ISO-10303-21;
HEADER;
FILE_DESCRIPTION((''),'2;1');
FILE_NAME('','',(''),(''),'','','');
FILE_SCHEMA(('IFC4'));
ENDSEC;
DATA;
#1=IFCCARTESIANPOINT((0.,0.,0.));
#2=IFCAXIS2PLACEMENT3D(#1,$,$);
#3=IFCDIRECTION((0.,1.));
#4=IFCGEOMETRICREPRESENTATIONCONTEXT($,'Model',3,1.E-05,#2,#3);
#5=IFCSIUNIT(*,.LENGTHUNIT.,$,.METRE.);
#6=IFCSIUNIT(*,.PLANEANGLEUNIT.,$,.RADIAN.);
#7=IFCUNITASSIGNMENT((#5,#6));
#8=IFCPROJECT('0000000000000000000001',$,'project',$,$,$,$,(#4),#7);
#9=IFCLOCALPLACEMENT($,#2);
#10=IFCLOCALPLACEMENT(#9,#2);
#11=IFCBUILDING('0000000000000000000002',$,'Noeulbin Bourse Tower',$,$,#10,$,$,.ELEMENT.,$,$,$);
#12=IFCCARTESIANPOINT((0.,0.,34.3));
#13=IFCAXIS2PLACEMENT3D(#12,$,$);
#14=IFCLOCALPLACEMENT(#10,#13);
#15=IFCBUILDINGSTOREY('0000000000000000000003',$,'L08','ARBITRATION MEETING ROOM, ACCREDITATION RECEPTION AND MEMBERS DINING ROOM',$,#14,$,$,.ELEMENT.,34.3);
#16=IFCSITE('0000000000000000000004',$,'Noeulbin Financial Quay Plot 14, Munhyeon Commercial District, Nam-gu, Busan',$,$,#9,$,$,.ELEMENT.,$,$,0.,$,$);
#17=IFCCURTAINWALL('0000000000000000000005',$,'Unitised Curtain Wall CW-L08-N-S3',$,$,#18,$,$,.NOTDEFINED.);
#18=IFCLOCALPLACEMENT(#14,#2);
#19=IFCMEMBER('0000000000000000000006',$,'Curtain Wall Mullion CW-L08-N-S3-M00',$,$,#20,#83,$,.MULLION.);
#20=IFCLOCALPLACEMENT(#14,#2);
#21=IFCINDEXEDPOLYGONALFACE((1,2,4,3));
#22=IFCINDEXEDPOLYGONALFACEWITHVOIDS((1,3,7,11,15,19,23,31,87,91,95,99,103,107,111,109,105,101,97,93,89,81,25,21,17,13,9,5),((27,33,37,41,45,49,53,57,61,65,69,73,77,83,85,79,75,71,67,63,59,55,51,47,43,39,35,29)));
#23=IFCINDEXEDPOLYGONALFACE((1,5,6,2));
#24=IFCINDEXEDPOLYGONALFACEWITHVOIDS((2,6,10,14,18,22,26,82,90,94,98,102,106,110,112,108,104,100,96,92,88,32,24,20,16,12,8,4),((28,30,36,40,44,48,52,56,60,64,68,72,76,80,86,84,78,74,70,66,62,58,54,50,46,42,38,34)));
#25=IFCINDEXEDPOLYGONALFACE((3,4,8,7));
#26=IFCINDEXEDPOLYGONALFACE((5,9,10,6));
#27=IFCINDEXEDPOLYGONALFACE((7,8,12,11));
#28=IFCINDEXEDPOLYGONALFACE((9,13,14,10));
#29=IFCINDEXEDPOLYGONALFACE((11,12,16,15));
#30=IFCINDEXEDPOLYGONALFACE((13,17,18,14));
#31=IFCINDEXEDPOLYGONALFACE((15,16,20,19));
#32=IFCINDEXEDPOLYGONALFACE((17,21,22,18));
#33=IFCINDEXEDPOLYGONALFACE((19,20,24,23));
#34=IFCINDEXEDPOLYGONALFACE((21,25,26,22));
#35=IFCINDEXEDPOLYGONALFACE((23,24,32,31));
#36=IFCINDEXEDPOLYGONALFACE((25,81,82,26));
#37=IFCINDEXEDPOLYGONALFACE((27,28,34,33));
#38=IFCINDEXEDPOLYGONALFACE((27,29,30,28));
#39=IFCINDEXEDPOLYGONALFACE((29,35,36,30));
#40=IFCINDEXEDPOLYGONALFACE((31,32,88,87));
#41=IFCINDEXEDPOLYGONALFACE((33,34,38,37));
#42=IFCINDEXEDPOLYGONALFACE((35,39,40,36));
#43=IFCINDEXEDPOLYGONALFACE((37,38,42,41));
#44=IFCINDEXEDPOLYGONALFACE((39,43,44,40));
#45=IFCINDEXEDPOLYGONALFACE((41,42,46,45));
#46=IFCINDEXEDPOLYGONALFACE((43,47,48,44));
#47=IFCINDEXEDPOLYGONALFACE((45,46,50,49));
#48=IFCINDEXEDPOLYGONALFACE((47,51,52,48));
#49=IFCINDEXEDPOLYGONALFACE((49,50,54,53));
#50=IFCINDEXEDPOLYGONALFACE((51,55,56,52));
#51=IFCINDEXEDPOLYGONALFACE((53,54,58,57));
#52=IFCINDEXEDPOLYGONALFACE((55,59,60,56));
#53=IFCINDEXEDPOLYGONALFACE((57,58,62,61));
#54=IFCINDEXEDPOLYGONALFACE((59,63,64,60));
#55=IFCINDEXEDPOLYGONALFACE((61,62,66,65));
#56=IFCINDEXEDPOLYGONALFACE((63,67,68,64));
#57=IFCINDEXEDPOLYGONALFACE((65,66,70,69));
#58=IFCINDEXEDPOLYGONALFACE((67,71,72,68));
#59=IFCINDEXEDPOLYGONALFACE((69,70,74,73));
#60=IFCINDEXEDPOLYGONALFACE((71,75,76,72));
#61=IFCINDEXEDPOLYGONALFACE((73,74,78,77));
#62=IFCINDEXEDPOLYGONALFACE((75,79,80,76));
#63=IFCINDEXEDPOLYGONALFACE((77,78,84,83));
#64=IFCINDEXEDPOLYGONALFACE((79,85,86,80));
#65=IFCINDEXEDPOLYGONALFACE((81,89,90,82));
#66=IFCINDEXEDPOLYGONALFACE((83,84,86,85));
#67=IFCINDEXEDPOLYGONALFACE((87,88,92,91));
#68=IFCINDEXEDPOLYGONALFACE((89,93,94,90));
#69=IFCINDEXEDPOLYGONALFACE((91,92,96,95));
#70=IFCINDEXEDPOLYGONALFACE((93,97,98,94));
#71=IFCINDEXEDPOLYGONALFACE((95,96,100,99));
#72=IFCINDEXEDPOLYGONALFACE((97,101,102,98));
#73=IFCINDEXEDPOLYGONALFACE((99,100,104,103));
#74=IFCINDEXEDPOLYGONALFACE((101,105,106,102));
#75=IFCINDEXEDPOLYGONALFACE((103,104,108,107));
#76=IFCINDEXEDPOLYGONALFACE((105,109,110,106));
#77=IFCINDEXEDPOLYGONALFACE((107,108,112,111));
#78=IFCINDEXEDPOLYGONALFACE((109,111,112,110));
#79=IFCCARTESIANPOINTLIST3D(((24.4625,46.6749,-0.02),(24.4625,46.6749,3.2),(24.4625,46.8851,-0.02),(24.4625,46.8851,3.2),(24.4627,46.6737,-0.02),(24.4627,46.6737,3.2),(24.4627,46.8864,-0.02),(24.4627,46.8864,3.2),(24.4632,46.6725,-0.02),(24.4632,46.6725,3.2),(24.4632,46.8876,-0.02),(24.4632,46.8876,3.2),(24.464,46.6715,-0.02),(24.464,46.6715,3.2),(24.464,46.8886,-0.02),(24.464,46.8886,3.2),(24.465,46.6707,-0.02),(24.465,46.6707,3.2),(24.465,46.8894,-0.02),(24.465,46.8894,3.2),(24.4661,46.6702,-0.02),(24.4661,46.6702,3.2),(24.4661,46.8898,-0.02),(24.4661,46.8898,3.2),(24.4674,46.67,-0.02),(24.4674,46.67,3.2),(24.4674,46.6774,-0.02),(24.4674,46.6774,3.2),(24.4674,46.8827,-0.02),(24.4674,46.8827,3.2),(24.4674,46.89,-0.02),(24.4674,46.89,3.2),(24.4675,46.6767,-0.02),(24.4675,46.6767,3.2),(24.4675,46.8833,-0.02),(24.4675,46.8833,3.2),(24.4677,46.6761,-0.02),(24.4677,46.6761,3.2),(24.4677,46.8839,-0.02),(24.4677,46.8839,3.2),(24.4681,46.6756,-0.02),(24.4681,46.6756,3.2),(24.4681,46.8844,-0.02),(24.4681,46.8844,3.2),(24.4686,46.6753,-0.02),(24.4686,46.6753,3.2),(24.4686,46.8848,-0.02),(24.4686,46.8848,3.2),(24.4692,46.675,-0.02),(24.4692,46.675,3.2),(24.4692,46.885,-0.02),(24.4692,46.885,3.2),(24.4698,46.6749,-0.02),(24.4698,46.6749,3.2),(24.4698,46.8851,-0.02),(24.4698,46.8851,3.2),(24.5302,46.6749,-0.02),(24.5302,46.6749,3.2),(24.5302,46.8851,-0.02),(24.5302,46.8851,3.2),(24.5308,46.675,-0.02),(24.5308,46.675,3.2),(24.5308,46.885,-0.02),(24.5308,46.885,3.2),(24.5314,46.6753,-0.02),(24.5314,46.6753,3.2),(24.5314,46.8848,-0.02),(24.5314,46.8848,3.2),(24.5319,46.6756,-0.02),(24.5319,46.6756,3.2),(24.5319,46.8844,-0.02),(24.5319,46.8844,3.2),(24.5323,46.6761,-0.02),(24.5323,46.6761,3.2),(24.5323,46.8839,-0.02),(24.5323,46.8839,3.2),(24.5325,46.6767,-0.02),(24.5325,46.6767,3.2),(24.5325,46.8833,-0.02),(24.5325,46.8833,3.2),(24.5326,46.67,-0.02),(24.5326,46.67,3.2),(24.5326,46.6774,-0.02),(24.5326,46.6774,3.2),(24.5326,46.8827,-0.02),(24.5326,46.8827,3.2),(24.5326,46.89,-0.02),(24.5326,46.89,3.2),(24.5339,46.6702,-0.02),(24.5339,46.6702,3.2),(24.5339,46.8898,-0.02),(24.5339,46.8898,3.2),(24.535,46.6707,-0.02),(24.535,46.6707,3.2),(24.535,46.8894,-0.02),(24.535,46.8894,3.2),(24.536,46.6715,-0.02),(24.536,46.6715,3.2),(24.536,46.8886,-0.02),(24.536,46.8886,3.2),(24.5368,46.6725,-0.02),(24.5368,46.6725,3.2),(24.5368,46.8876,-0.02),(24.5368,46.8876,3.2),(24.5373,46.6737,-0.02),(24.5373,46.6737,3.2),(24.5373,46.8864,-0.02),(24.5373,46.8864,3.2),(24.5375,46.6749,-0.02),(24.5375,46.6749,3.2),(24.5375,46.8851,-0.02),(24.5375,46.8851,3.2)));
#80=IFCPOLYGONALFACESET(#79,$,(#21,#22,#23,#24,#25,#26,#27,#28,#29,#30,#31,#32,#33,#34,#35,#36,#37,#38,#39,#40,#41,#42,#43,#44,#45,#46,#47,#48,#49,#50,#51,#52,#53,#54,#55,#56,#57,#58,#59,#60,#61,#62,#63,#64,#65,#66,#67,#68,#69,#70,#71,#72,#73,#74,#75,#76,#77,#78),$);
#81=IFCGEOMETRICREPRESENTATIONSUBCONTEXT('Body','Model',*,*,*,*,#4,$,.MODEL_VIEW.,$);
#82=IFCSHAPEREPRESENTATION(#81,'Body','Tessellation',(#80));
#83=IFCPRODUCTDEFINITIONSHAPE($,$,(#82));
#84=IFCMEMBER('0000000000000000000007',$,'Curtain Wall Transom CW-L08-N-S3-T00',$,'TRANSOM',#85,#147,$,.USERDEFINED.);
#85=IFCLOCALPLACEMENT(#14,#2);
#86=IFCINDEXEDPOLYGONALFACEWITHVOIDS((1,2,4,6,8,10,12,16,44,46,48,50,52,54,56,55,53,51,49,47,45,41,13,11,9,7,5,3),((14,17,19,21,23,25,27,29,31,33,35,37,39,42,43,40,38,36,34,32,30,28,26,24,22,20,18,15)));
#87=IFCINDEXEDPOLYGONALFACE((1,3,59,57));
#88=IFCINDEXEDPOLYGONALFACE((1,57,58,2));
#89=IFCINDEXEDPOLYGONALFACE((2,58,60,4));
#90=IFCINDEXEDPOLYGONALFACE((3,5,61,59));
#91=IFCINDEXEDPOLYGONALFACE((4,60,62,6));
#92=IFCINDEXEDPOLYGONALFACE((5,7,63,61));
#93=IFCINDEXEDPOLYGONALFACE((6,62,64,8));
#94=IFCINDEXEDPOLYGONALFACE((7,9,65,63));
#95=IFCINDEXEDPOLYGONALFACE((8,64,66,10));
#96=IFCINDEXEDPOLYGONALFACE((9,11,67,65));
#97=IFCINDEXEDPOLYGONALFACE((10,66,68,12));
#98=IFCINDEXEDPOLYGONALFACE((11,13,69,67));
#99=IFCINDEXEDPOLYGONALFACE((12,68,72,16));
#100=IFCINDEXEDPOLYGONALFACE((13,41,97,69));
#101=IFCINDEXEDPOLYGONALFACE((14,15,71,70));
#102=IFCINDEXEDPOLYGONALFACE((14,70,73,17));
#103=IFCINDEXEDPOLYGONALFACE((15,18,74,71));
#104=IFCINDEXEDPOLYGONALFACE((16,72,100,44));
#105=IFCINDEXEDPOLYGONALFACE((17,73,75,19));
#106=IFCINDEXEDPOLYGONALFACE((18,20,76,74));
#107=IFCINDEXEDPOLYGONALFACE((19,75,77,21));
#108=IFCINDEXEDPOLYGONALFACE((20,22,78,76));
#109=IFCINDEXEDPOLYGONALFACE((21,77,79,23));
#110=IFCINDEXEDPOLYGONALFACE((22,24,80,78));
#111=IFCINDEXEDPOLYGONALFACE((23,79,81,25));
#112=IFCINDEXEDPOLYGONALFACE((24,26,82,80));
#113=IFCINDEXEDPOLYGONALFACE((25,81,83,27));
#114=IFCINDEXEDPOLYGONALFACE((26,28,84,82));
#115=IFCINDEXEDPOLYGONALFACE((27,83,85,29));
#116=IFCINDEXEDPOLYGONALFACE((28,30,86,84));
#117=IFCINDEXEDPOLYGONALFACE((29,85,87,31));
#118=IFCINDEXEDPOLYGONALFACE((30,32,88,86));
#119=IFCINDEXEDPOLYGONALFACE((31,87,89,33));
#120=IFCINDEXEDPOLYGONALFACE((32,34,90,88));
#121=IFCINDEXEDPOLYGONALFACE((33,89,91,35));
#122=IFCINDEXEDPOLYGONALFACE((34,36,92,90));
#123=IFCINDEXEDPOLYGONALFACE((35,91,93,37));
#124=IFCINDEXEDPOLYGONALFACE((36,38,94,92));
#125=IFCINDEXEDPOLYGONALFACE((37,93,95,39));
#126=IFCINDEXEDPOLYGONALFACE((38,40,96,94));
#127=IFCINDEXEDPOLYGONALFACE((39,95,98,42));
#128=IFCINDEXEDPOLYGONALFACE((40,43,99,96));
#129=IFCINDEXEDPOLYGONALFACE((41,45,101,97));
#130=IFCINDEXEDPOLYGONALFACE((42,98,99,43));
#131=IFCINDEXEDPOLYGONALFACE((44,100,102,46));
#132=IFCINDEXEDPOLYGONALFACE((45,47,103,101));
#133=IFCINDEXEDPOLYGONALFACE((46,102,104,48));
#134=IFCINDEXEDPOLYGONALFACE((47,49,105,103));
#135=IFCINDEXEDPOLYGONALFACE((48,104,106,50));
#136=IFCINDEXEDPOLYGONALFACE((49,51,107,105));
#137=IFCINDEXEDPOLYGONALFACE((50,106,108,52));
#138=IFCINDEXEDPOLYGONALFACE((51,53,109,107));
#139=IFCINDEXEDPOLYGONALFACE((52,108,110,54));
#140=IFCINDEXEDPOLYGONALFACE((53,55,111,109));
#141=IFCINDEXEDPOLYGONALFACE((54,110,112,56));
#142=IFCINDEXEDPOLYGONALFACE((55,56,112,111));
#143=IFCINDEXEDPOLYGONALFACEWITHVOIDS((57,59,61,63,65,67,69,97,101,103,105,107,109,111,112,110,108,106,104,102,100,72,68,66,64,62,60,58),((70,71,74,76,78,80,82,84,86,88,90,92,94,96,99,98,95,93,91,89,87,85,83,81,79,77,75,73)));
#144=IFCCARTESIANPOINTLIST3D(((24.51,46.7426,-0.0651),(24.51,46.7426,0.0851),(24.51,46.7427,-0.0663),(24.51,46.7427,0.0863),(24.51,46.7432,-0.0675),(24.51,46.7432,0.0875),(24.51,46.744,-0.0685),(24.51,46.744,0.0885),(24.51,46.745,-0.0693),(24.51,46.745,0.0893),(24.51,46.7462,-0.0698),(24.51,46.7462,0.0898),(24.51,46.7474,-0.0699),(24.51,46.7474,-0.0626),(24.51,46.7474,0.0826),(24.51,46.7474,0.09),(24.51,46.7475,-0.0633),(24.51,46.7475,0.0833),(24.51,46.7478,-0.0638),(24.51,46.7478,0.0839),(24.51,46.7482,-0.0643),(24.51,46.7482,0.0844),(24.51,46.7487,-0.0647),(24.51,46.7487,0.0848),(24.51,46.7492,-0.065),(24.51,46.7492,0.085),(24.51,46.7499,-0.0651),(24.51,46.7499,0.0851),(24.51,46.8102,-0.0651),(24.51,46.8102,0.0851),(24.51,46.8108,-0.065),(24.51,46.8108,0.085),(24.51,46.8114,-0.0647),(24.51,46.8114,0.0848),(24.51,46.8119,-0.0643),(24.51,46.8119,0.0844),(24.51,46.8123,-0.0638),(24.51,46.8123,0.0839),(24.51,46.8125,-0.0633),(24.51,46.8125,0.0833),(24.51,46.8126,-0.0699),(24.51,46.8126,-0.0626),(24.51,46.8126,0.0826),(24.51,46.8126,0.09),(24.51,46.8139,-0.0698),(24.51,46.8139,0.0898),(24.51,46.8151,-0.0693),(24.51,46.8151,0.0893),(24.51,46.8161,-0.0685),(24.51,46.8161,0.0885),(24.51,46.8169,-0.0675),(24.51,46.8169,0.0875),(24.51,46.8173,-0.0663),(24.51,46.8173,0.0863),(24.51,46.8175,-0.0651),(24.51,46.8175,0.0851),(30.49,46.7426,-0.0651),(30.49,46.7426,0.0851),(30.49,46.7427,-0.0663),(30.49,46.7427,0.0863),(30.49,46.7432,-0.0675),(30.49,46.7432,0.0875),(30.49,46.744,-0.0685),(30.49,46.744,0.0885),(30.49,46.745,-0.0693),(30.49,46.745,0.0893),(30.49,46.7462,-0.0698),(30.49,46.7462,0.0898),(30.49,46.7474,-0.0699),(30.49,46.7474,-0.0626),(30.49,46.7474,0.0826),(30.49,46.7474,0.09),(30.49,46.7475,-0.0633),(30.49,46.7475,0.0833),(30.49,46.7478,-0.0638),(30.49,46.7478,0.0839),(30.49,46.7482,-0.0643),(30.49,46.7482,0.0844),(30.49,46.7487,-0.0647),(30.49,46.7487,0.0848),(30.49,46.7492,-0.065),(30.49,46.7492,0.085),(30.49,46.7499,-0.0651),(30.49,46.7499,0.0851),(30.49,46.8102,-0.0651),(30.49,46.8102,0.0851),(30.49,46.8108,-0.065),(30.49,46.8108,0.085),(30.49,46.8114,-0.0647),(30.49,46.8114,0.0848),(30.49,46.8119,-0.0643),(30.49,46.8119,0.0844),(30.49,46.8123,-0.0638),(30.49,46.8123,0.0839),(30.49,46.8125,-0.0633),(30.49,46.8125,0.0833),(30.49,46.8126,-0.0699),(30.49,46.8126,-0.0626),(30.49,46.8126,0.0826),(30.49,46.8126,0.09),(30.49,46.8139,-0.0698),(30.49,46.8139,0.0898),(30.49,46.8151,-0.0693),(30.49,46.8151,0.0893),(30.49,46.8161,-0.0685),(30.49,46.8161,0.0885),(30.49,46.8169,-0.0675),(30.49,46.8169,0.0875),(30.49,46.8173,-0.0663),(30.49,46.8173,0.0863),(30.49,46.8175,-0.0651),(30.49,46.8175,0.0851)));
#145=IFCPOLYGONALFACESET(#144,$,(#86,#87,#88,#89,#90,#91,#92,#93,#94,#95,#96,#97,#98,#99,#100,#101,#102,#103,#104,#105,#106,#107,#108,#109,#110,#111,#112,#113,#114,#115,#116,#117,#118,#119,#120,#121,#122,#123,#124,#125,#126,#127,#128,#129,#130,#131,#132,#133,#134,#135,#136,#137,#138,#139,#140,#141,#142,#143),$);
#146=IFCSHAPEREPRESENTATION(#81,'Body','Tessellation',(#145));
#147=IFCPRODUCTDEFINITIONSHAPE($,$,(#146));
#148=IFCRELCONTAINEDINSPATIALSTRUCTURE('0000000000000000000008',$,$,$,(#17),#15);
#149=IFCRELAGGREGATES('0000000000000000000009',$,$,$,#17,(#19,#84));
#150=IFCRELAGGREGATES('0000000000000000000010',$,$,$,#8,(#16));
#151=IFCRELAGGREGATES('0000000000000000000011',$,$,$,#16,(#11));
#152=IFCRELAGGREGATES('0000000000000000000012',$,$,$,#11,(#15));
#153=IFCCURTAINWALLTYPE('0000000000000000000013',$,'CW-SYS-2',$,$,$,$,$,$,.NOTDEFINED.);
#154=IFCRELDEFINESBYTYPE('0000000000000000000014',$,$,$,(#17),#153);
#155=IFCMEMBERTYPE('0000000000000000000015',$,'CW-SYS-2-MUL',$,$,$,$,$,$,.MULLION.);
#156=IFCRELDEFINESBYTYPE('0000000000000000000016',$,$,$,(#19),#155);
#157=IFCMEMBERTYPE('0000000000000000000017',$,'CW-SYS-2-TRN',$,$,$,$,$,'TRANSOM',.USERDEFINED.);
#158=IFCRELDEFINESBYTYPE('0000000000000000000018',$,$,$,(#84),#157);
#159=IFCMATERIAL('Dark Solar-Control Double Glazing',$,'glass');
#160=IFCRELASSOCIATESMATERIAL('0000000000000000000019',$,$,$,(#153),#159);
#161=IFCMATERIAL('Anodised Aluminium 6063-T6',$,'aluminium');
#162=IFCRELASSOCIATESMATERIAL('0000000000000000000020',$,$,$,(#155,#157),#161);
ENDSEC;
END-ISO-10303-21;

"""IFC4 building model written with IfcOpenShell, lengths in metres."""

from ifc_helpers import new_model, si_unit, direction, frame, origin, origin_2d, place, context, subcontext, project, spatial, hollow_rectangle, extrude, material, material_profile, profile_set, type_object, element, aggregate, save


model = new_model("IFC4")

# Units and contexts
model_context = context("Model", 3, precision=1e-05, world=origin(), true_north=direction((0.0, 1.0)))
body_context = subcontext(model_context, "Body", "Model", "MODEL_VIEW")
ifc_project = project(units=[si_unit("LENGTHUNIT", "METRE"), si_unit("PLANEANGLEUNIT", "RADIAN")], contexts=[model_context])

# Site, building, storey
site_placement = place(None, origin())
site = spatial("IfcSite", under=ifc_project, at=site_placement, Name="Noeulbin Financial Quay Plot 14, Munhyeon Commercial District, Nam-gu, Busan", CompositionType="ELEMENT", RefElevation=0.0)
building_placement = place(site_placement, origin())
building = spatial("IfcBuilding", under=site, at=building_placement, Name="Noeulbin Bourse Tower", CompositionType="ELEMENT")
storey_placement = place(building_placement, frame((0.0, 0.0, 34.3)))
storey = spatial("IfcBuildingStorey", under=building, at=storey_placement, Name="L08", Description="ARBITRATION MEETING ROOM, ACCREDITATION RECEPTION AND MEMBERS DINING ROOM", CompositionType="ELEMENT", Elevation=34.3)

# Curtain wall, members
ifc_material_1 = material(Name="Dark Solar-Control Double Glazing", Category="glass")
curtain_wall_type = type_object("IfcCurtainWallType", Name="CW-SYS-2", PredefinedType="NOTDEFINED", material=ifc_material_1)
ifc_material_2 = material(Name="Anodised Aluminium 6063-T6", Category="aluminium")
ifc_material_profile_1 = material_profile(ifc_material_2, hollow_rectangle(XDim=0.075, YDim=0.22, WallThickness=0.0049, InnerFilletRadius=0.0024, OuterFilletRadius=0.0049, at=origin_2d()), Name="ALU-MULL-75x220x5", Category="LoadBearing")
ifc_profile_set_1 = profile_set([ifc_material_profile_1], Name="Anodised Aluminium 6063-T6")
member_type_1 = type_object("IfcMemberType", Name="CW-SYS-2-MUL", PredefinedType="MULLION", material=ifc_profile_set_1)
curtain_wall_1_placement = place(storey_placement, origin())
curtain_wall_1 = element("IfcCurtainWall", 1, at=curtain_wall_1_placement, inside=storey, type_object=curtain_wall_type, Name="Unitised Curtain Wall CW-L08-N-S3", PredefinedType="NOTDEFINED")
member_1_placement = place(storey_placement, frame((24.5, 46.78, -0.02), z_axis=(0.0, 0.0, 1.0), x_axis=(1.0, 0.0, 0.0)))
member_1 = element("IfcMember", 2, at=member_1_placement, type_object=member_type_1, Name="Curtain Wall Mullion CW-L08-N-S3-M00", PredefinedType="MULLION", context=body_context, shape_type="SweptSolid", body=[
    extrude(hollow_rectangle(XDim=0.075, YDim=0.22, WallThickness=0.0049, InnerFilletRadius=0.0024, OuterFilletRadius=0.0049, at=origin_2d()), origin(), (0.0, 0.0, 1.0), 3.22),
])
ifc_material_profile_2 = material_profile(ifc_material_2, hollow_rectangle(XDim=0.075, YDim=0.1599, WallThickness=0.0049, InnerFilletRadius=0.0024, OuterFilletRadius=0.0049, at=origin_2d()), Name="ALU-TRAN-75x160x5", Category="LoadBearing")
ifc_profile_set_2 = profile_set([ifc_material_profile_2], Name="Anodised Aluminium 6063-T6")
member_type_2 = type_object("IfcMemberType", Name="CW-SYS-2-TRN", ElementType="TRANSOM", PredefinedType="USERDEFINED", material=ifc_profile_set_2)
member_2_placement = place(storey_placement, frame((24.51, 46.78, 0.01), z_axis=(1.0, 0.0, 0.0), x_axis=(0.0, 1.0, 0.0)))
member_2 = element("IfcMember", 3, at=member_2_placement, type_object=member_type_2, Name="Curtain Wall Transom CW-L08-N-S3-T00", ObjectType="TRANSOM", PredefinedType="USERDEFINED", context=body_context, shape_type="SweptSolid", body=[
    extrude(hollow_rectangle(XDim=0.075, YDim=0.1599, WallThickness=0.0049, InnerFilletRadius=0.0024, OuterFilletRadius=0.0049, at=origin_2d()), origin(), (0.0, 0.0, 1.0), 5.98),
])

aggregate(curtain_wall_1, [member_1, member_2])

save(model, "model.ifc")
